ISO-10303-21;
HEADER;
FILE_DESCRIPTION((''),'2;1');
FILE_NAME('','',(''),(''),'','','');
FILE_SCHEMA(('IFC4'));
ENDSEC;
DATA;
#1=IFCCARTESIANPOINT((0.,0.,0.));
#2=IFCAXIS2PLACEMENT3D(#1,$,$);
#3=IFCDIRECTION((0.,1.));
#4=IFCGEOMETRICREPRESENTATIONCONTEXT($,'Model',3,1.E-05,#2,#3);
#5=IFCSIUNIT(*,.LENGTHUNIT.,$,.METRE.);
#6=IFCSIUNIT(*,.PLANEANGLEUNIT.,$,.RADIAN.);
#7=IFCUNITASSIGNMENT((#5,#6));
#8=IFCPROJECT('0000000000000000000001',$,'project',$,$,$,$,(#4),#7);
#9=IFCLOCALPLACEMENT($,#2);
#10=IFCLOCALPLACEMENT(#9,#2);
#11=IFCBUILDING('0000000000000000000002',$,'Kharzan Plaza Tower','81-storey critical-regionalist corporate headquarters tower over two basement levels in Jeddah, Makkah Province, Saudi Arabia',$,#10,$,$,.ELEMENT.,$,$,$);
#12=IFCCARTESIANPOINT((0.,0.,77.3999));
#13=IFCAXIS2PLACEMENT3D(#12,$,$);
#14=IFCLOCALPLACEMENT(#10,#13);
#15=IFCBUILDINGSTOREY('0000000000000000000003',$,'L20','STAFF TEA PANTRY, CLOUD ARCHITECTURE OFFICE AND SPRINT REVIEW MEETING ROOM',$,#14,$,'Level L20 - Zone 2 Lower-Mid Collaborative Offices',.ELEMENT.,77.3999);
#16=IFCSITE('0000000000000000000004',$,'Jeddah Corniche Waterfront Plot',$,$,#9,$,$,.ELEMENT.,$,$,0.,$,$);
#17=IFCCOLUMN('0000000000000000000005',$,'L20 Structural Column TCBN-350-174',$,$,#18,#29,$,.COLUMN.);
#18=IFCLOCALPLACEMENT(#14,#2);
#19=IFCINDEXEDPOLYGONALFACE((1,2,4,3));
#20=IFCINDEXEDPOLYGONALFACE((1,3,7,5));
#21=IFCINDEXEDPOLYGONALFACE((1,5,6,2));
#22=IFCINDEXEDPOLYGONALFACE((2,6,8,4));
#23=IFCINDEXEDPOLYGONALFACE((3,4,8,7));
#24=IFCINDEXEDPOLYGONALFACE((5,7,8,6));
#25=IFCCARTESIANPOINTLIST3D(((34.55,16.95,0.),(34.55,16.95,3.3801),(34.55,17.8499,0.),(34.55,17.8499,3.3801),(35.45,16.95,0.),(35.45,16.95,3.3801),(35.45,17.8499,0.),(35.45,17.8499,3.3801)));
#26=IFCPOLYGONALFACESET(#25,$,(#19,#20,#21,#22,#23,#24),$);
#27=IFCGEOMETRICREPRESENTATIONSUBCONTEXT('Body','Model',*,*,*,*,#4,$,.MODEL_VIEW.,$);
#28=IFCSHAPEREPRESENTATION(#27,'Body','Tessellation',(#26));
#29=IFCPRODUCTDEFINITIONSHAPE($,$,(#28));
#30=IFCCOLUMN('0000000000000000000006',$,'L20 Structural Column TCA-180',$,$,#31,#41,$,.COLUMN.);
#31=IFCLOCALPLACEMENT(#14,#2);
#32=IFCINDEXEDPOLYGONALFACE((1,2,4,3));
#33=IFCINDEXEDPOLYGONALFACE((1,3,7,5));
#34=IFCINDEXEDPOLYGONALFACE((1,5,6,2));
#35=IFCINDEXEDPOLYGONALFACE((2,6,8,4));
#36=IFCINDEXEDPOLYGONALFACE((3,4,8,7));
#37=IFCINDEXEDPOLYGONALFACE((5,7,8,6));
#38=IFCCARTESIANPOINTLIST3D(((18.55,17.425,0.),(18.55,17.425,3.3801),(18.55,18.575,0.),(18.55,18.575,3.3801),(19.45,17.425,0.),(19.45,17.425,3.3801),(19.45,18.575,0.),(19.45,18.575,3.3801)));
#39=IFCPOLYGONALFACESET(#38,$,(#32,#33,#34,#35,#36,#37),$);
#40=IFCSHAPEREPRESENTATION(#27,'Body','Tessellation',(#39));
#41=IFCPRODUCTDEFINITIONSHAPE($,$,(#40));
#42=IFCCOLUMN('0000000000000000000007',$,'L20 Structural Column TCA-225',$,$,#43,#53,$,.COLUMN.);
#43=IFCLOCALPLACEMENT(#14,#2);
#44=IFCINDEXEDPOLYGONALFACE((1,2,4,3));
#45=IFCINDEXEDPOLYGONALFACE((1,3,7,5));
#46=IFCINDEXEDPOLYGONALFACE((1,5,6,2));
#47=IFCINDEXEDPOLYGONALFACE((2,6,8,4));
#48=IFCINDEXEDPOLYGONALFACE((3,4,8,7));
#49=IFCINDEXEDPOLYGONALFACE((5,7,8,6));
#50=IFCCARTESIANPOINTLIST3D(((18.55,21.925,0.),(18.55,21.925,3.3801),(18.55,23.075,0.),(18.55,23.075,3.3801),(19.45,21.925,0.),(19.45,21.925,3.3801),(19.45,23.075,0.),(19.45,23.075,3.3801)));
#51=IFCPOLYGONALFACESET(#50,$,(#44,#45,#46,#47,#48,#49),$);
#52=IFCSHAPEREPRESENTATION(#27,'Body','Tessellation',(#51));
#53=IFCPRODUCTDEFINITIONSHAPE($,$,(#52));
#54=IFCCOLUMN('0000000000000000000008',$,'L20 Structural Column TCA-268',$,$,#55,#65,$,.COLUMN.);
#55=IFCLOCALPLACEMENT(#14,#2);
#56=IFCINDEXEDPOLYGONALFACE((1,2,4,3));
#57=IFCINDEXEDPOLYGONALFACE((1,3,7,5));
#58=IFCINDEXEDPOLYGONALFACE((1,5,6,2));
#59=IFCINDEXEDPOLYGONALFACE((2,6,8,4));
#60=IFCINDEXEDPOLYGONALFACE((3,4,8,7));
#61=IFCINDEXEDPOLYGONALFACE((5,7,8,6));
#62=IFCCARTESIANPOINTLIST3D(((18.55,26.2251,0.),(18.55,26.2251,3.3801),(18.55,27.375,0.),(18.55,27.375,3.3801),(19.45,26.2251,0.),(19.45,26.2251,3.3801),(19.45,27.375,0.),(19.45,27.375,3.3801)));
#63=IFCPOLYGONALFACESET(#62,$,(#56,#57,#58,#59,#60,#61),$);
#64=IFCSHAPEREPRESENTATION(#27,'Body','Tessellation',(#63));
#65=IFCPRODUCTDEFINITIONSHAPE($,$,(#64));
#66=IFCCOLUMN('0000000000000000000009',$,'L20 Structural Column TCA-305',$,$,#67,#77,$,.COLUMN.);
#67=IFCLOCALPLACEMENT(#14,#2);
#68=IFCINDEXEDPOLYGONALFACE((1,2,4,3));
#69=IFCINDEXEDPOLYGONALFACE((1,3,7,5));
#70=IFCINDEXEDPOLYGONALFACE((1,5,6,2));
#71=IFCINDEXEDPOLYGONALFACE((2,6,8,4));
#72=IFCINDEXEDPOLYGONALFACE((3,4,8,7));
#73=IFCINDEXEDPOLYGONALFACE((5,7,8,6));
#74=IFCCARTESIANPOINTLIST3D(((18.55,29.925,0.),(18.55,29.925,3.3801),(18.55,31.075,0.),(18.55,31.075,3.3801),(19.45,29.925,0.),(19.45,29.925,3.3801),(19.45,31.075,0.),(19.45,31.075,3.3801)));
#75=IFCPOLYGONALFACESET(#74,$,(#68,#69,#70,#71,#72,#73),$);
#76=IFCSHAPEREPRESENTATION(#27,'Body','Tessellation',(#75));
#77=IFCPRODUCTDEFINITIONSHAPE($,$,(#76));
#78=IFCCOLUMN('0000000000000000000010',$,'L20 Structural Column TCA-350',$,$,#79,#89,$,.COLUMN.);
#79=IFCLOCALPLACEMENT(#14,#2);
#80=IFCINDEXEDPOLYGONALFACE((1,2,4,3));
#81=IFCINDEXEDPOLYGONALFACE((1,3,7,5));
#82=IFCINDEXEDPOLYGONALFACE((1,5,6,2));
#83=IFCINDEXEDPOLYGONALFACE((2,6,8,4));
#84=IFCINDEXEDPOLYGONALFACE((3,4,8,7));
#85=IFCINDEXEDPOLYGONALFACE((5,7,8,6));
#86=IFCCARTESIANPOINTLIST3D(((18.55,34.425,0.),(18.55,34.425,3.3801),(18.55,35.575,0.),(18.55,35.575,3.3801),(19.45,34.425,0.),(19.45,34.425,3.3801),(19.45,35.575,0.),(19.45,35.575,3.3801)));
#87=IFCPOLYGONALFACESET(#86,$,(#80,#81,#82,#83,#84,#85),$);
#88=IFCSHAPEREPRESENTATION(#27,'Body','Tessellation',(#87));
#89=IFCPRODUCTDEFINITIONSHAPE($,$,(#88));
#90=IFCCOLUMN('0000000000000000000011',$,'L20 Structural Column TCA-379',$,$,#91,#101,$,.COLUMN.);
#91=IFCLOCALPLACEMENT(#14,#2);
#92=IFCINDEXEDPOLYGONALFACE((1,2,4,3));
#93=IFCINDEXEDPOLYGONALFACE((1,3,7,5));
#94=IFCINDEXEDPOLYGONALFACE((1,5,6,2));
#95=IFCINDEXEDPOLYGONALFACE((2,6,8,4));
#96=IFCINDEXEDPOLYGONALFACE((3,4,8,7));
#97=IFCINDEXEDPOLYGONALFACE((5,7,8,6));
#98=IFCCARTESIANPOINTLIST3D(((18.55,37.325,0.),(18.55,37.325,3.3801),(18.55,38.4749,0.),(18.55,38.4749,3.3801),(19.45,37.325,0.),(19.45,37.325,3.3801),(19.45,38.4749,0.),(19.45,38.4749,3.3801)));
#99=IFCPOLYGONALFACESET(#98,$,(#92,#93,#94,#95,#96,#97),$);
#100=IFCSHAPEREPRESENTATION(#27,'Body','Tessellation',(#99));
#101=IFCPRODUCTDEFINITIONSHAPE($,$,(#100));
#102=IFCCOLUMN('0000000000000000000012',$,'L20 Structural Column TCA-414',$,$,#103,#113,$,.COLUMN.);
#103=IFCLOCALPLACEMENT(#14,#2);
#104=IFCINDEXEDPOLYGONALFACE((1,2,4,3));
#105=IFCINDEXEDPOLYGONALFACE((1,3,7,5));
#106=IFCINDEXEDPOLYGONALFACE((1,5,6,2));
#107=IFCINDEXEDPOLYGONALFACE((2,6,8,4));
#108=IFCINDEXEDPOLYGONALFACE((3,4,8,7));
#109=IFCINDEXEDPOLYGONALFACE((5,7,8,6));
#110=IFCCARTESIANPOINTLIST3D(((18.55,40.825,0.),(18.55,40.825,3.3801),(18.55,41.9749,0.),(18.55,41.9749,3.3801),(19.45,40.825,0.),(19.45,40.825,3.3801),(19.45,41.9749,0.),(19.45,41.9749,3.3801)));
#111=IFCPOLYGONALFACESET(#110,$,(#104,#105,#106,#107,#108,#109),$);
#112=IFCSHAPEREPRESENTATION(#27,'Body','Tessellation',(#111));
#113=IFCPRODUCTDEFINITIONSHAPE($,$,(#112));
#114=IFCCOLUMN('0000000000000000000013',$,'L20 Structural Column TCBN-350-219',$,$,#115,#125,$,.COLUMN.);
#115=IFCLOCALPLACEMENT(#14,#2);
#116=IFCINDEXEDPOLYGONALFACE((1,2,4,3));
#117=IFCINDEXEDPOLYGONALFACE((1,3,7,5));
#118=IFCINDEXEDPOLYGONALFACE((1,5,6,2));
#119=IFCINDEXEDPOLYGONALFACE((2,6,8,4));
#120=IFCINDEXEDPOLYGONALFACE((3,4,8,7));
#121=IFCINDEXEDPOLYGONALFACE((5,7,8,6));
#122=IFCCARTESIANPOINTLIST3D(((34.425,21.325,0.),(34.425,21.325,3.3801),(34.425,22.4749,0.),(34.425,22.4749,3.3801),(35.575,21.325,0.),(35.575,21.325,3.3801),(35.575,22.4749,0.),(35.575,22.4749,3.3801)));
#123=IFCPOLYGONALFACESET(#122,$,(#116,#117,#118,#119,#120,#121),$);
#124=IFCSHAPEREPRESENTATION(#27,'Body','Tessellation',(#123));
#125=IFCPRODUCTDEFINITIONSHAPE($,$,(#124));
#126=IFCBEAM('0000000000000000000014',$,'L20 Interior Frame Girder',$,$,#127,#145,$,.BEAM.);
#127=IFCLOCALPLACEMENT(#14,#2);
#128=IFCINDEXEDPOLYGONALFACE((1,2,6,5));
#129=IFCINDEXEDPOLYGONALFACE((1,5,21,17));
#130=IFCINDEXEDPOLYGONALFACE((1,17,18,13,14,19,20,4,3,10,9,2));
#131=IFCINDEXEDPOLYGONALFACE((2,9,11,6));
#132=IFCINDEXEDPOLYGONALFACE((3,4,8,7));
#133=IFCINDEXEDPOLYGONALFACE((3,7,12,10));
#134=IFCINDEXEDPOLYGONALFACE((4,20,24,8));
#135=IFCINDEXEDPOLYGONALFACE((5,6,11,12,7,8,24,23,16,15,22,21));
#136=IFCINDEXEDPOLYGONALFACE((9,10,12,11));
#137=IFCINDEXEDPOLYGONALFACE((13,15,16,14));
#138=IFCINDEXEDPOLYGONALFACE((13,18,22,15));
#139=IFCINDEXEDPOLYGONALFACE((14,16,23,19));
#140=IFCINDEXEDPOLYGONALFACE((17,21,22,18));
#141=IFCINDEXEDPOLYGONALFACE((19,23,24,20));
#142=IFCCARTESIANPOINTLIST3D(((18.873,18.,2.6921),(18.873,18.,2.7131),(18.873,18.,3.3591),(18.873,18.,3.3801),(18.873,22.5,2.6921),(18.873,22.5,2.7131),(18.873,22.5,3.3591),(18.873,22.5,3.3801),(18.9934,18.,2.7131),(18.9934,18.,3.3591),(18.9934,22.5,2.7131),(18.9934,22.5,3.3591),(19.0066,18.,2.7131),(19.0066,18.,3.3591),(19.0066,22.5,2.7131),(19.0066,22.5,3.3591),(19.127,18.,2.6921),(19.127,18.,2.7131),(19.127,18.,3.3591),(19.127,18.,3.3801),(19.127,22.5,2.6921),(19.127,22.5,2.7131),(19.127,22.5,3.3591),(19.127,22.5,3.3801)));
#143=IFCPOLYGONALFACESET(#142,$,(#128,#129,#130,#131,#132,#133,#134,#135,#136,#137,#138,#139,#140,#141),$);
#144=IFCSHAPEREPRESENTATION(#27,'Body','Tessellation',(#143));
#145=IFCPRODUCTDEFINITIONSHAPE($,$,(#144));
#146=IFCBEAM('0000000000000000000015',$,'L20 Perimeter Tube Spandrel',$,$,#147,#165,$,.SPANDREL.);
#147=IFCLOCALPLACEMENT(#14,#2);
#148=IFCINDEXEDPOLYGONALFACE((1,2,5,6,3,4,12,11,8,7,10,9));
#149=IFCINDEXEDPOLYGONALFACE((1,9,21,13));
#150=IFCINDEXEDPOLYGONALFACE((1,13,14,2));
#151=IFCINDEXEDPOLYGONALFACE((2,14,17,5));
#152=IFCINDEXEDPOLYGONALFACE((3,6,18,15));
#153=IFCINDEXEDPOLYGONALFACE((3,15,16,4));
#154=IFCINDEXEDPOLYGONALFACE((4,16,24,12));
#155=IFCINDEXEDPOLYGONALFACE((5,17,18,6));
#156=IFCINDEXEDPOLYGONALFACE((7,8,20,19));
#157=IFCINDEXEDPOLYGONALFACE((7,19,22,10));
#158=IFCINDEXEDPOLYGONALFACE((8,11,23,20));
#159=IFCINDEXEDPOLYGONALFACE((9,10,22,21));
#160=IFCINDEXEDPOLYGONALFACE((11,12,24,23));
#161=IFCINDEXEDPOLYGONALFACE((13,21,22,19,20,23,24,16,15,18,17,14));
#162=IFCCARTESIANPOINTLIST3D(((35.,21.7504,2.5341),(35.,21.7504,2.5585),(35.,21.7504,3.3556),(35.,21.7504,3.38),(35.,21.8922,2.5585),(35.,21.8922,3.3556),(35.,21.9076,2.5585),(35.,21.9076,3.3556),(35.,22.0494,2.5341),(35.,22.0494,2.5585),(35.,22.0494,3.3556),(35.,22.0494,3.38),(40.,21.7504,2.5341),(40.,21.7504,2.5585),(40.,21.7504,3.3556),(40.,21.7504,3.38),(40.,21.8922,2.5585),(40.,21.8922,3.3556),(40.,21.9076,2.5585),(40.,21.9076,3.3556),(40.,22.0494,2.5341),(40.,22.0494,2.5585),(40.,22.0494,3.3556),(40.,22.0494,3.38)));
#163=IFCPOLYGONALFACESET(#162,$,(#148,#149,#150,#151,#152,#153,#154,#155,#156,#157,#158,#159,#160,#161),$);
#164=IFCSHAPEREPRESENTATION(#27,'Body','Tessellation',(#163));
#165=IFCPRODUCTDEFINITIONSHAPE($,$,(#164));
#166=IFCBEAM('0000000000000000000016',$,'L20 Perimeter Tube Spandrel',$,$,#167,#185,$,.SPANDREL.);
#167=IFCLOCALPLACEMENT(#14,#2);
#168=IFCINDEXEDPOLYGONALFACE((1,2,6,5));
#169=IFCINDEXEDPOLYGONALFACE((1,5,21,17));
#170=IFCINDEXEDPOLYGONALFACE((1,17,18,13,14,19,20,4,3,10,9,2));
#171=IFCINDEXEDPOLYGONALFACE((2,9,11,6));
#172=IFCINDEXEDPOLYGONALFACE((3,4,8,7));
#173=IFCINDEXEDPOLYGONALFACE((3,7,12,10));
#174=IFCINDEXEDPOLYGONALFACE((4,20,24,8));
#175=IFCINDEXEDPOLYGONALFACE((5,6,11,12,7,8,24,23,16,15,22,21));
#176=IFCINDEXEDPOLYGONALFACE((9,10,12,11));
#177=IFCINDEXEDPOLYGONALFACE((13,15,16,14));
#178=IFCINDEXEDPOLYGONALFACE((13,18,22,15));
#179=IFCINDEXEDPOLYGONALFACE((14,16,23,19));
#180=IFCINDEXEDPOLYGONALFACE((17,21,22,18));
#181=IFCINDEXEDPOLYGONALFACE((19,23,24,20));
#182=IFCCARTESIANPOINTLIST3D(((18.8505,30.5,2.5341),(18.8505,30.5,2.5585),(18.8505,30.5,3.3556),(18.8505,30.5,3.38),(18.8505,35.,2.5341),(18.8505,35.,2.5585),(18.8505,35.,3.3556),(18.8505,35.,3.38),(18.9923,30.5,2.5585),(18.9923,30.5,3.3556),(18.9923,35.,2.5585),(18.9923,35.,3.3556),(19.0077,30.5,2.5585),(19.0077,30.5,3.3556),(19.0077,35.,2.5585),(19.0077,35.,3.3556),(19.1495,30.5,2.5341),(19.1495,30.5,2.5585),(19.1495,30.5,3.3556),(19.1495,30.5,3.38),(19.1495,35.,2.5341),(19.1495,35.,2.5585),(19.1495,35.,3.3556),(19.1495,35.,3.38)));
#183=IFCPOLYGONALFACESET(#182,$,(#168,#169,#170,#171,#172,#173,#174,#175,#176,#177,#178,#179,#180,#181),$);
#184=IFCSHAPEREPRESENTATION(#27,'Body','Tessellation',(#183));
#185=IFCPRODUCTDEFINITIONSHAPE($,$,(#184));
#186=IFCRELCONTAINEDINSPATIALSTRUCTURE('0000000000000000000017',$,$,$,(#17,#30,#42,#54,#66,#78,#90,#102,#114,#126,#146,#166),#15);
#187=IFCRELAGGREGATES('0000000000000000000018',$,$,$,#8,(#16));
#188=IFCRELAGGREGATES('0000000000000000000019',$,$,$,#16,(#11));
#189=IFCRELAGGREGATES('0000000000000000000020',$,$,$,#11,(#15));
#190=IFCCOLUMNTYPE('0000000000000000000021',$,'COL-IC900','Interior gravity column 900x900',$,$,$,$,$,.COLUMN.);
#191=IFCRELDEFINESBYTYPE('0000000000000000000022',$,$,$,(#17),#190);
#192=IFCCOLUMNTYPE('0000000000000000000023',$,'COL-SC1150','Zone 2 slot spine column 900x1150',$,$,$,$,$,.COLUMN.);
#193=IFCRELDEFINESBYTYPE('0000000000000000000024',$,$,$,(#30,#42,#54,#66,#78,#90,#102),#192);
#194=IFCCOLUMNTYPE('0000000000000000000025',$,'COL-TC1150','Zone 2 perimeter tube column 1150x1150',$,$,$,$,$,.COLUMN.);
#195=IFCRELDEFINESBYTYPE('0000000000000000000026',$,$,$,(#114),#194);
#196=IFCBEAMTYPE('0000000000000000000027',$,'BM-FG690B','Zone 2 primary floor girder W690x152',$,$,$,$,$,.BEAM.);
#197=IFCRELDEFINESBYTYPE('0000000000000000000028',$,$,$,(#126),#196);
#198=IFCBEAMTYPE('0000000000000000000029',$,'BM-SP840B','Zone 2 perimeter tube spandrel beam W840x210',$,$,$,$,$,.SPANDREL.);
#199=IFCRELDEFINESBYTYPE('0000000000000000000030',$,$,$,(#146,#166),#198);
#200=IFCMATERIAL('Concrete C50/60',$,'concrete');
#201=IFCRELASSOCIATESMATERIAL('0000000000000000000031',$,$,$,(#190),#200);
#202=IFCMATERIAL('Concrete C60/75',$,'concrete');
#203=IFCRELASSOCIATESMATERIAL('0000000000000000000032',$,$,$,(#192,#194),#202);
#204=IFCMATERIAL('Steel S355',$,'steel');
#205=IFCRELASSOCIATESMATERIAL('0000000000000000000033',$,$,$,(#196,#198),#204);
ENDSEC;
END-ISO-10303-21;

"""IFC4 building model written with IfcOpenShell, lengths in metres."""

from ifc_helpers import new_model, si_unit, direction, frame, origin, origin_2d, place, context, subcontext, project, spatial, rectangle, i_section, extrude, source, transform, mapped, material, material_profile, profile_set, type_object, element, save


model = new_model("IFC4")

# Units and contexts
model_context = context("Model", 3, precision=1e-05, world=origin(), true_north=direction((0.0, 1.0)))
body_context = subcontext(model_context, "Body", "Model", "MODEL_VIEW")
ifc_project = project(units=[si_unit("LENGTHUNIT", "METRE"), si_unit("PLANEANGLEUNIT", "RADIAN")], contexts=[model_context])

# Site, building, storey
site_placement = place(None, origin())
site = spatial("IfcSite", under=ifc_project, at=site_placement, Name="Jeddah Corniche Waterfront Plot", CompositionType="ELEMENT", RefElevation=0.0)
building_placement = place(site_placement, origin())
building = spatial("IfcBuilding", under=site, at=building_placement, Name="Kharzan Plaza Tower", Description="81-storey critical-regionalist corporate headquarters tower over two basement levels in Jeddah, Makkah Province, Saudi Arabia", CompositionType="ELEMENT")
storey_placement = place(building_placement, frame((0.0, 0.0, 77.3999)))
storey = spatial("IfcBuildingStorey", under=building, at=storey_placement, Name="L20", Description="STAFF TEA PANTRY, CLOUD ARCHITECTURE OFFICE AND SPRINT REVIEW MEETING ROOM", LongName="Level L20 - Zone 2 Lower-Mid Collaborative Offices", CompositionType="ELEMENT", Elevation=77.3999)

# Columns
ifc_material_1 = material(Name="Concrete C50/60", Category="concrete")
ifc_material_profile_1 = material_profile(ifc_material_1, rectangle(XDim=0.8999, YDim=0.8999, at=origin_2d()), Name="RC-IC900x900")
ifc_profile_set_1 = profile_set([ifc_material_profile_1], Name="Concrete C50/60")
column_type_1 = type_object("IfcColumnType", Name="COL-IC900", Description="Interior gravity column 900x900", PredefinedType="COLUMN", material=ifc_profile_set_1)
shared_shape_1 = source(origin(), body_context, "Body", "SweptSolid", [
    extrude(rectangle(XDim=0.8999, YDim=0.8999, at=origin_2d()), origin(), (0.0, 0.0, 1.0), 3.3801),
])
column_1_placement = place(storey_placement, frame((35.0, 17.3999, 0.0), z_axis=(0.0, 0.0, 1.0), x_axis=(1.0, 0.0, 0.0)))
element("IfcColumn", 1, at=column_1_placement, inside=storey, type_object=column_type_1, Name="L20 Structural Column TCBN-350-174", PredefinedType="COLUMN", context=body_context, shape_type="MappedRepresentation", body=[
    mapped(shared_shape_1, transform((0.0, 0.0, 0.0), x_axis=(1.0, 0.0, 0.0), y_axis=(0.0, 1.0, 0.0), z_axis=(0.0, 0.0, 1.0))),
])
ifc_material_2 = material(Name="Concrete C60/75", Category="concrete")
ifc_material_profile_2 = material_profile(ifc_material_2, rectangle(XDim=0.8999, YDim=1.1499, at=origin_2d()), Name="RC-SC1150x900")
ifc_profile_set_2 = profile_set([ifc_material_profile_2], Name="Concrete C60/75")
column_type_2 = type_object("IfcColumnType", Name="COL-SC1150", Description="Zone 2 slot spine column 900x1150", PredefinedType="COLUMN", material=ifc_profile_set_2)
shared_shape_2 = source(origin(), body_context, "Body", "SweptSolid", [
    extrude(rectangle(XDim=0.8999, YDim=1.1499, at=origin_2d()), origin(), (0.0, 0.0, 1.0), 3.3801),
])
for number, where, z_axis, x_axis, name in (
    (2, (19.0, 18.0, 0.0), (0.0, 0.0, 1.0), (1.0, 0.0, 0.0), "L20 Structural Column TCA-180"),
    (3, (19.0, 22.5, 0.0), (0.0, 0.0, 1.0), (1.0, 0.0, 0.0), "L20 Structural Column TCA-225"),
    (4, (19.0, 26.8, 0.0), (0.0, 0.0, 1.0), (1.0, 0.0, 0.0), "L20 Structural Column TCA-268"),
    (5, (19.0, 30.5, 0.0), (0.0, 0.0, 1.0), (1.0, 0.0, 0.0), "L20 Structural Column TCA-305"),
    (6, (19.0, 35.0, 0.0), (0.0, 0.0, 1.0), (1.0, 0.0, 0.0), "L20 Structural Column TCA-350"),
    (7, (19.0, 37.8999, 0.0), (0.0, 0.0, 1.0), (1.0, 0.0, 0.0), "L20 Structural Column TCA-379"),
    (8, (19.0, 41.3999, 0.0), (0.0, 0.0, 1.0), (1.0, 0.0, 0.0), "L20 Structural Column TCA-414"),
):
    element("IfcColumn", number, at=place(storey_placement, frame(where, z_axis=z_axis, x_axis=x_axis)), inside=storey, type_object=column_type_2, Name=name, PredefinedType="COLUMN", context=body_context, shape_type="MappedRepresentation", body=[
        mapped(shared_shape_2, transform((0.0, 0.0, 0.0), x_axis=(1.0, 0.0, 0.0), y_axis=(0.0, 1.0, 0.0), z_axis=(0.0, 0.0, 1.0))),
    ])
ifc_material_profile_3 = material_profile(ifc_material_2, rectangle(XDim=1.1499, YDim=1.1499, at=origin_2d()), Name="RC-TC1150x1150")
ifc_profile_set_3 = profile_set([ifc_material_profile_3], Name="Concrete C60/75")
column_type_3 = type_object("IfcColumnType", Name="COL-TC1150", Description="Zone 2 perimeter tube column 1150x1150", PredefinedType="COLUMN", material=ifc_profile_set_3)
shared_shape_3 = source(origin(), body_context, "Body", "SweptSolid", [
    extrude(rectangle(XDim=1.1499, YDim=1.1499, at=origin_2d()), origin(), (0.0, 0.0, 1.0), 3.3801),
])
column_2_placement = place(storey_placement, frame((35.0, 21.8999, 0.0), z_axis=(0.0, 0.0, 1.0), x_axis=(1.0, 0.0, 0.0)))
element("IfcColumn", 9, at=column_2_placement, inside=storey, type_object=column_type_3, Name="L20 Structural Column TCBN-350-219", PredefinedType="COLUMN", context=body_context, shape_type="MappedRepresentation", body=[
    mapped(shared_shape_3, transform((0.0, 0.0, 0.0), x_axis=(1.0, 0.0, 0.0), y_axis=(0.0, 1.0, 0.0), z_axis=(0.0, 0.0, 1.0))),
])

# Beams
ifc_material_3 = material(Name="Steel S355", Category="steel")
ifc_material_profile_4 = material_profile(ifc_material_3, i_section(OverallWidth=0.2539, OverallDepth=0.688, WebThickness=0.0132, FlangeThickness=0.021, at=origin_2d()), Name="W690x152")
ifc_profile_set_4 = profile_set([ifc_material_profile_4], Name="Steel S355")
beam_type_1 = type_object("IfcBeamType", Name="BM-FG690B", Description="Zone 2 primary floor girder W690x152", PredefinedType="BEAM", material=ifc_profile_set_4)
shared_shape_4 = source(origin(), body_context, "Body", "SweptSolid", [
    extrude(i_section(OverallWidth=0.2539, OverallDepth=0.688, WebThickness=0.0132, FlangeThickness=0.021, at=origin_2d()), origin(), (0.0, 0.0, 1.0), 4.5),
])
beam_1_placement = place(storey_placement, frame((19.0, 18.0, 3.0361), z_axis=(0.0, 1.0, 0.0), x_axis=(-1.0, 0.0, 0.0)))
element("IfcBeam", 10, at=beam_1_placement, inside=storey, type_object=beam_type_1, Name="L20 Interior Frame Girder", PredefinedType="BEAM", context=body_context, shape_type="MappedRepresentation", body=[
    mapped(shared_shape_4, transform((0.0, 0.0, 0.0), x_axis=(1.0, 0.0, 0.0), y_axis=(0.0, 1.0, 0.0), z_axis=(0.0, 0.0, 1.0))),
])
ifc_material_profile_5 = material_profile(ifc_material_3, i_section(OverallWidth=0.2991, OverallDepth=0.8459, WebThickness=0.0154, FlangeThickness=0.0244, at=origin_2d()), Name="W840x210")
ifc_profile_set_5 = profile_set([ifc_material_profile_5], Name="Steel S355")
beam_type_2 = type_object("IfcBeamType", Name="BM-SP840B", Description="Zone 2 perimeter tube spandrel beam W840x210", PredefinedType="SPANDREL", material=ifc_profile_set_5)
shared_shape_5 = source(origin(), body_context, "Body", "SweptSolid", [
    extrude(i_section(OverallWidth=0.2991, OverallDepth=0.8459, WebThickness=0.0154, FlangeThickness=0.0244, at=origin_2d()), origin(), (0.0, 0.0, 1.0), 5.0),
])
beam_2_placement = place(storey_placement, frame((35.0, 21.8999, 2.957), z_axis=(1.0, 0.0, 0.0), x_axis=(0.0, 1.0, 0.0)))
element("IfcBeam", 11, at=beam_2_placement, inside=storey, type_object=beam_type_2, Name="L20 Perimeter Tube Spandrel", PredefinedType="SPANDREL", context=body_context, shape_type="MappedRepresentation", body=[
    mapped(shared_shape_5, transform((0.0, 0.0, 0.0), x_axis=(1.0, 0.0, 0.0), y_axis=(0.0, 1.0, 0.0), z_axis=(0.0, 0.0, 1.0))),
])
shared_shape_6 = source(origin(), body_context, "Body", "SweptSolid", [
    extrude(i_section(OverallWidth=0.2991, OverallDepth=0.8459, WebThickness=0.0154, FlangeThickness=0.0244, at=origin_2d()), origin(), (0.0, 0.0, 1.0), 4.5),
])
beam_3_placement = place(storey_placement, frame((19.0, 30.5, 2.957), z_axis=(0.0, 1.0, 0.0), x_axis=(-1.0, 0.0, 0.0)))
element("IfcBeam", 12, at=beam_3_placement, inside=storey, type_object=beam_type_2, Name="L20 Perimeter Tube Spandrel", PredefinedType="SPANDREL", context=body_context, shape_type="MappedRepresentation", body=[
    mapped(shared_shape_6, transform((0.0, 0.0, 0.0), x_axis=(1.0, 0.0, 0.0), y_axis=(0.0, 1.0, 0.0), z_axis=(0.0, 0.0, 1.0))),
])

save(model, "model.ifc")
